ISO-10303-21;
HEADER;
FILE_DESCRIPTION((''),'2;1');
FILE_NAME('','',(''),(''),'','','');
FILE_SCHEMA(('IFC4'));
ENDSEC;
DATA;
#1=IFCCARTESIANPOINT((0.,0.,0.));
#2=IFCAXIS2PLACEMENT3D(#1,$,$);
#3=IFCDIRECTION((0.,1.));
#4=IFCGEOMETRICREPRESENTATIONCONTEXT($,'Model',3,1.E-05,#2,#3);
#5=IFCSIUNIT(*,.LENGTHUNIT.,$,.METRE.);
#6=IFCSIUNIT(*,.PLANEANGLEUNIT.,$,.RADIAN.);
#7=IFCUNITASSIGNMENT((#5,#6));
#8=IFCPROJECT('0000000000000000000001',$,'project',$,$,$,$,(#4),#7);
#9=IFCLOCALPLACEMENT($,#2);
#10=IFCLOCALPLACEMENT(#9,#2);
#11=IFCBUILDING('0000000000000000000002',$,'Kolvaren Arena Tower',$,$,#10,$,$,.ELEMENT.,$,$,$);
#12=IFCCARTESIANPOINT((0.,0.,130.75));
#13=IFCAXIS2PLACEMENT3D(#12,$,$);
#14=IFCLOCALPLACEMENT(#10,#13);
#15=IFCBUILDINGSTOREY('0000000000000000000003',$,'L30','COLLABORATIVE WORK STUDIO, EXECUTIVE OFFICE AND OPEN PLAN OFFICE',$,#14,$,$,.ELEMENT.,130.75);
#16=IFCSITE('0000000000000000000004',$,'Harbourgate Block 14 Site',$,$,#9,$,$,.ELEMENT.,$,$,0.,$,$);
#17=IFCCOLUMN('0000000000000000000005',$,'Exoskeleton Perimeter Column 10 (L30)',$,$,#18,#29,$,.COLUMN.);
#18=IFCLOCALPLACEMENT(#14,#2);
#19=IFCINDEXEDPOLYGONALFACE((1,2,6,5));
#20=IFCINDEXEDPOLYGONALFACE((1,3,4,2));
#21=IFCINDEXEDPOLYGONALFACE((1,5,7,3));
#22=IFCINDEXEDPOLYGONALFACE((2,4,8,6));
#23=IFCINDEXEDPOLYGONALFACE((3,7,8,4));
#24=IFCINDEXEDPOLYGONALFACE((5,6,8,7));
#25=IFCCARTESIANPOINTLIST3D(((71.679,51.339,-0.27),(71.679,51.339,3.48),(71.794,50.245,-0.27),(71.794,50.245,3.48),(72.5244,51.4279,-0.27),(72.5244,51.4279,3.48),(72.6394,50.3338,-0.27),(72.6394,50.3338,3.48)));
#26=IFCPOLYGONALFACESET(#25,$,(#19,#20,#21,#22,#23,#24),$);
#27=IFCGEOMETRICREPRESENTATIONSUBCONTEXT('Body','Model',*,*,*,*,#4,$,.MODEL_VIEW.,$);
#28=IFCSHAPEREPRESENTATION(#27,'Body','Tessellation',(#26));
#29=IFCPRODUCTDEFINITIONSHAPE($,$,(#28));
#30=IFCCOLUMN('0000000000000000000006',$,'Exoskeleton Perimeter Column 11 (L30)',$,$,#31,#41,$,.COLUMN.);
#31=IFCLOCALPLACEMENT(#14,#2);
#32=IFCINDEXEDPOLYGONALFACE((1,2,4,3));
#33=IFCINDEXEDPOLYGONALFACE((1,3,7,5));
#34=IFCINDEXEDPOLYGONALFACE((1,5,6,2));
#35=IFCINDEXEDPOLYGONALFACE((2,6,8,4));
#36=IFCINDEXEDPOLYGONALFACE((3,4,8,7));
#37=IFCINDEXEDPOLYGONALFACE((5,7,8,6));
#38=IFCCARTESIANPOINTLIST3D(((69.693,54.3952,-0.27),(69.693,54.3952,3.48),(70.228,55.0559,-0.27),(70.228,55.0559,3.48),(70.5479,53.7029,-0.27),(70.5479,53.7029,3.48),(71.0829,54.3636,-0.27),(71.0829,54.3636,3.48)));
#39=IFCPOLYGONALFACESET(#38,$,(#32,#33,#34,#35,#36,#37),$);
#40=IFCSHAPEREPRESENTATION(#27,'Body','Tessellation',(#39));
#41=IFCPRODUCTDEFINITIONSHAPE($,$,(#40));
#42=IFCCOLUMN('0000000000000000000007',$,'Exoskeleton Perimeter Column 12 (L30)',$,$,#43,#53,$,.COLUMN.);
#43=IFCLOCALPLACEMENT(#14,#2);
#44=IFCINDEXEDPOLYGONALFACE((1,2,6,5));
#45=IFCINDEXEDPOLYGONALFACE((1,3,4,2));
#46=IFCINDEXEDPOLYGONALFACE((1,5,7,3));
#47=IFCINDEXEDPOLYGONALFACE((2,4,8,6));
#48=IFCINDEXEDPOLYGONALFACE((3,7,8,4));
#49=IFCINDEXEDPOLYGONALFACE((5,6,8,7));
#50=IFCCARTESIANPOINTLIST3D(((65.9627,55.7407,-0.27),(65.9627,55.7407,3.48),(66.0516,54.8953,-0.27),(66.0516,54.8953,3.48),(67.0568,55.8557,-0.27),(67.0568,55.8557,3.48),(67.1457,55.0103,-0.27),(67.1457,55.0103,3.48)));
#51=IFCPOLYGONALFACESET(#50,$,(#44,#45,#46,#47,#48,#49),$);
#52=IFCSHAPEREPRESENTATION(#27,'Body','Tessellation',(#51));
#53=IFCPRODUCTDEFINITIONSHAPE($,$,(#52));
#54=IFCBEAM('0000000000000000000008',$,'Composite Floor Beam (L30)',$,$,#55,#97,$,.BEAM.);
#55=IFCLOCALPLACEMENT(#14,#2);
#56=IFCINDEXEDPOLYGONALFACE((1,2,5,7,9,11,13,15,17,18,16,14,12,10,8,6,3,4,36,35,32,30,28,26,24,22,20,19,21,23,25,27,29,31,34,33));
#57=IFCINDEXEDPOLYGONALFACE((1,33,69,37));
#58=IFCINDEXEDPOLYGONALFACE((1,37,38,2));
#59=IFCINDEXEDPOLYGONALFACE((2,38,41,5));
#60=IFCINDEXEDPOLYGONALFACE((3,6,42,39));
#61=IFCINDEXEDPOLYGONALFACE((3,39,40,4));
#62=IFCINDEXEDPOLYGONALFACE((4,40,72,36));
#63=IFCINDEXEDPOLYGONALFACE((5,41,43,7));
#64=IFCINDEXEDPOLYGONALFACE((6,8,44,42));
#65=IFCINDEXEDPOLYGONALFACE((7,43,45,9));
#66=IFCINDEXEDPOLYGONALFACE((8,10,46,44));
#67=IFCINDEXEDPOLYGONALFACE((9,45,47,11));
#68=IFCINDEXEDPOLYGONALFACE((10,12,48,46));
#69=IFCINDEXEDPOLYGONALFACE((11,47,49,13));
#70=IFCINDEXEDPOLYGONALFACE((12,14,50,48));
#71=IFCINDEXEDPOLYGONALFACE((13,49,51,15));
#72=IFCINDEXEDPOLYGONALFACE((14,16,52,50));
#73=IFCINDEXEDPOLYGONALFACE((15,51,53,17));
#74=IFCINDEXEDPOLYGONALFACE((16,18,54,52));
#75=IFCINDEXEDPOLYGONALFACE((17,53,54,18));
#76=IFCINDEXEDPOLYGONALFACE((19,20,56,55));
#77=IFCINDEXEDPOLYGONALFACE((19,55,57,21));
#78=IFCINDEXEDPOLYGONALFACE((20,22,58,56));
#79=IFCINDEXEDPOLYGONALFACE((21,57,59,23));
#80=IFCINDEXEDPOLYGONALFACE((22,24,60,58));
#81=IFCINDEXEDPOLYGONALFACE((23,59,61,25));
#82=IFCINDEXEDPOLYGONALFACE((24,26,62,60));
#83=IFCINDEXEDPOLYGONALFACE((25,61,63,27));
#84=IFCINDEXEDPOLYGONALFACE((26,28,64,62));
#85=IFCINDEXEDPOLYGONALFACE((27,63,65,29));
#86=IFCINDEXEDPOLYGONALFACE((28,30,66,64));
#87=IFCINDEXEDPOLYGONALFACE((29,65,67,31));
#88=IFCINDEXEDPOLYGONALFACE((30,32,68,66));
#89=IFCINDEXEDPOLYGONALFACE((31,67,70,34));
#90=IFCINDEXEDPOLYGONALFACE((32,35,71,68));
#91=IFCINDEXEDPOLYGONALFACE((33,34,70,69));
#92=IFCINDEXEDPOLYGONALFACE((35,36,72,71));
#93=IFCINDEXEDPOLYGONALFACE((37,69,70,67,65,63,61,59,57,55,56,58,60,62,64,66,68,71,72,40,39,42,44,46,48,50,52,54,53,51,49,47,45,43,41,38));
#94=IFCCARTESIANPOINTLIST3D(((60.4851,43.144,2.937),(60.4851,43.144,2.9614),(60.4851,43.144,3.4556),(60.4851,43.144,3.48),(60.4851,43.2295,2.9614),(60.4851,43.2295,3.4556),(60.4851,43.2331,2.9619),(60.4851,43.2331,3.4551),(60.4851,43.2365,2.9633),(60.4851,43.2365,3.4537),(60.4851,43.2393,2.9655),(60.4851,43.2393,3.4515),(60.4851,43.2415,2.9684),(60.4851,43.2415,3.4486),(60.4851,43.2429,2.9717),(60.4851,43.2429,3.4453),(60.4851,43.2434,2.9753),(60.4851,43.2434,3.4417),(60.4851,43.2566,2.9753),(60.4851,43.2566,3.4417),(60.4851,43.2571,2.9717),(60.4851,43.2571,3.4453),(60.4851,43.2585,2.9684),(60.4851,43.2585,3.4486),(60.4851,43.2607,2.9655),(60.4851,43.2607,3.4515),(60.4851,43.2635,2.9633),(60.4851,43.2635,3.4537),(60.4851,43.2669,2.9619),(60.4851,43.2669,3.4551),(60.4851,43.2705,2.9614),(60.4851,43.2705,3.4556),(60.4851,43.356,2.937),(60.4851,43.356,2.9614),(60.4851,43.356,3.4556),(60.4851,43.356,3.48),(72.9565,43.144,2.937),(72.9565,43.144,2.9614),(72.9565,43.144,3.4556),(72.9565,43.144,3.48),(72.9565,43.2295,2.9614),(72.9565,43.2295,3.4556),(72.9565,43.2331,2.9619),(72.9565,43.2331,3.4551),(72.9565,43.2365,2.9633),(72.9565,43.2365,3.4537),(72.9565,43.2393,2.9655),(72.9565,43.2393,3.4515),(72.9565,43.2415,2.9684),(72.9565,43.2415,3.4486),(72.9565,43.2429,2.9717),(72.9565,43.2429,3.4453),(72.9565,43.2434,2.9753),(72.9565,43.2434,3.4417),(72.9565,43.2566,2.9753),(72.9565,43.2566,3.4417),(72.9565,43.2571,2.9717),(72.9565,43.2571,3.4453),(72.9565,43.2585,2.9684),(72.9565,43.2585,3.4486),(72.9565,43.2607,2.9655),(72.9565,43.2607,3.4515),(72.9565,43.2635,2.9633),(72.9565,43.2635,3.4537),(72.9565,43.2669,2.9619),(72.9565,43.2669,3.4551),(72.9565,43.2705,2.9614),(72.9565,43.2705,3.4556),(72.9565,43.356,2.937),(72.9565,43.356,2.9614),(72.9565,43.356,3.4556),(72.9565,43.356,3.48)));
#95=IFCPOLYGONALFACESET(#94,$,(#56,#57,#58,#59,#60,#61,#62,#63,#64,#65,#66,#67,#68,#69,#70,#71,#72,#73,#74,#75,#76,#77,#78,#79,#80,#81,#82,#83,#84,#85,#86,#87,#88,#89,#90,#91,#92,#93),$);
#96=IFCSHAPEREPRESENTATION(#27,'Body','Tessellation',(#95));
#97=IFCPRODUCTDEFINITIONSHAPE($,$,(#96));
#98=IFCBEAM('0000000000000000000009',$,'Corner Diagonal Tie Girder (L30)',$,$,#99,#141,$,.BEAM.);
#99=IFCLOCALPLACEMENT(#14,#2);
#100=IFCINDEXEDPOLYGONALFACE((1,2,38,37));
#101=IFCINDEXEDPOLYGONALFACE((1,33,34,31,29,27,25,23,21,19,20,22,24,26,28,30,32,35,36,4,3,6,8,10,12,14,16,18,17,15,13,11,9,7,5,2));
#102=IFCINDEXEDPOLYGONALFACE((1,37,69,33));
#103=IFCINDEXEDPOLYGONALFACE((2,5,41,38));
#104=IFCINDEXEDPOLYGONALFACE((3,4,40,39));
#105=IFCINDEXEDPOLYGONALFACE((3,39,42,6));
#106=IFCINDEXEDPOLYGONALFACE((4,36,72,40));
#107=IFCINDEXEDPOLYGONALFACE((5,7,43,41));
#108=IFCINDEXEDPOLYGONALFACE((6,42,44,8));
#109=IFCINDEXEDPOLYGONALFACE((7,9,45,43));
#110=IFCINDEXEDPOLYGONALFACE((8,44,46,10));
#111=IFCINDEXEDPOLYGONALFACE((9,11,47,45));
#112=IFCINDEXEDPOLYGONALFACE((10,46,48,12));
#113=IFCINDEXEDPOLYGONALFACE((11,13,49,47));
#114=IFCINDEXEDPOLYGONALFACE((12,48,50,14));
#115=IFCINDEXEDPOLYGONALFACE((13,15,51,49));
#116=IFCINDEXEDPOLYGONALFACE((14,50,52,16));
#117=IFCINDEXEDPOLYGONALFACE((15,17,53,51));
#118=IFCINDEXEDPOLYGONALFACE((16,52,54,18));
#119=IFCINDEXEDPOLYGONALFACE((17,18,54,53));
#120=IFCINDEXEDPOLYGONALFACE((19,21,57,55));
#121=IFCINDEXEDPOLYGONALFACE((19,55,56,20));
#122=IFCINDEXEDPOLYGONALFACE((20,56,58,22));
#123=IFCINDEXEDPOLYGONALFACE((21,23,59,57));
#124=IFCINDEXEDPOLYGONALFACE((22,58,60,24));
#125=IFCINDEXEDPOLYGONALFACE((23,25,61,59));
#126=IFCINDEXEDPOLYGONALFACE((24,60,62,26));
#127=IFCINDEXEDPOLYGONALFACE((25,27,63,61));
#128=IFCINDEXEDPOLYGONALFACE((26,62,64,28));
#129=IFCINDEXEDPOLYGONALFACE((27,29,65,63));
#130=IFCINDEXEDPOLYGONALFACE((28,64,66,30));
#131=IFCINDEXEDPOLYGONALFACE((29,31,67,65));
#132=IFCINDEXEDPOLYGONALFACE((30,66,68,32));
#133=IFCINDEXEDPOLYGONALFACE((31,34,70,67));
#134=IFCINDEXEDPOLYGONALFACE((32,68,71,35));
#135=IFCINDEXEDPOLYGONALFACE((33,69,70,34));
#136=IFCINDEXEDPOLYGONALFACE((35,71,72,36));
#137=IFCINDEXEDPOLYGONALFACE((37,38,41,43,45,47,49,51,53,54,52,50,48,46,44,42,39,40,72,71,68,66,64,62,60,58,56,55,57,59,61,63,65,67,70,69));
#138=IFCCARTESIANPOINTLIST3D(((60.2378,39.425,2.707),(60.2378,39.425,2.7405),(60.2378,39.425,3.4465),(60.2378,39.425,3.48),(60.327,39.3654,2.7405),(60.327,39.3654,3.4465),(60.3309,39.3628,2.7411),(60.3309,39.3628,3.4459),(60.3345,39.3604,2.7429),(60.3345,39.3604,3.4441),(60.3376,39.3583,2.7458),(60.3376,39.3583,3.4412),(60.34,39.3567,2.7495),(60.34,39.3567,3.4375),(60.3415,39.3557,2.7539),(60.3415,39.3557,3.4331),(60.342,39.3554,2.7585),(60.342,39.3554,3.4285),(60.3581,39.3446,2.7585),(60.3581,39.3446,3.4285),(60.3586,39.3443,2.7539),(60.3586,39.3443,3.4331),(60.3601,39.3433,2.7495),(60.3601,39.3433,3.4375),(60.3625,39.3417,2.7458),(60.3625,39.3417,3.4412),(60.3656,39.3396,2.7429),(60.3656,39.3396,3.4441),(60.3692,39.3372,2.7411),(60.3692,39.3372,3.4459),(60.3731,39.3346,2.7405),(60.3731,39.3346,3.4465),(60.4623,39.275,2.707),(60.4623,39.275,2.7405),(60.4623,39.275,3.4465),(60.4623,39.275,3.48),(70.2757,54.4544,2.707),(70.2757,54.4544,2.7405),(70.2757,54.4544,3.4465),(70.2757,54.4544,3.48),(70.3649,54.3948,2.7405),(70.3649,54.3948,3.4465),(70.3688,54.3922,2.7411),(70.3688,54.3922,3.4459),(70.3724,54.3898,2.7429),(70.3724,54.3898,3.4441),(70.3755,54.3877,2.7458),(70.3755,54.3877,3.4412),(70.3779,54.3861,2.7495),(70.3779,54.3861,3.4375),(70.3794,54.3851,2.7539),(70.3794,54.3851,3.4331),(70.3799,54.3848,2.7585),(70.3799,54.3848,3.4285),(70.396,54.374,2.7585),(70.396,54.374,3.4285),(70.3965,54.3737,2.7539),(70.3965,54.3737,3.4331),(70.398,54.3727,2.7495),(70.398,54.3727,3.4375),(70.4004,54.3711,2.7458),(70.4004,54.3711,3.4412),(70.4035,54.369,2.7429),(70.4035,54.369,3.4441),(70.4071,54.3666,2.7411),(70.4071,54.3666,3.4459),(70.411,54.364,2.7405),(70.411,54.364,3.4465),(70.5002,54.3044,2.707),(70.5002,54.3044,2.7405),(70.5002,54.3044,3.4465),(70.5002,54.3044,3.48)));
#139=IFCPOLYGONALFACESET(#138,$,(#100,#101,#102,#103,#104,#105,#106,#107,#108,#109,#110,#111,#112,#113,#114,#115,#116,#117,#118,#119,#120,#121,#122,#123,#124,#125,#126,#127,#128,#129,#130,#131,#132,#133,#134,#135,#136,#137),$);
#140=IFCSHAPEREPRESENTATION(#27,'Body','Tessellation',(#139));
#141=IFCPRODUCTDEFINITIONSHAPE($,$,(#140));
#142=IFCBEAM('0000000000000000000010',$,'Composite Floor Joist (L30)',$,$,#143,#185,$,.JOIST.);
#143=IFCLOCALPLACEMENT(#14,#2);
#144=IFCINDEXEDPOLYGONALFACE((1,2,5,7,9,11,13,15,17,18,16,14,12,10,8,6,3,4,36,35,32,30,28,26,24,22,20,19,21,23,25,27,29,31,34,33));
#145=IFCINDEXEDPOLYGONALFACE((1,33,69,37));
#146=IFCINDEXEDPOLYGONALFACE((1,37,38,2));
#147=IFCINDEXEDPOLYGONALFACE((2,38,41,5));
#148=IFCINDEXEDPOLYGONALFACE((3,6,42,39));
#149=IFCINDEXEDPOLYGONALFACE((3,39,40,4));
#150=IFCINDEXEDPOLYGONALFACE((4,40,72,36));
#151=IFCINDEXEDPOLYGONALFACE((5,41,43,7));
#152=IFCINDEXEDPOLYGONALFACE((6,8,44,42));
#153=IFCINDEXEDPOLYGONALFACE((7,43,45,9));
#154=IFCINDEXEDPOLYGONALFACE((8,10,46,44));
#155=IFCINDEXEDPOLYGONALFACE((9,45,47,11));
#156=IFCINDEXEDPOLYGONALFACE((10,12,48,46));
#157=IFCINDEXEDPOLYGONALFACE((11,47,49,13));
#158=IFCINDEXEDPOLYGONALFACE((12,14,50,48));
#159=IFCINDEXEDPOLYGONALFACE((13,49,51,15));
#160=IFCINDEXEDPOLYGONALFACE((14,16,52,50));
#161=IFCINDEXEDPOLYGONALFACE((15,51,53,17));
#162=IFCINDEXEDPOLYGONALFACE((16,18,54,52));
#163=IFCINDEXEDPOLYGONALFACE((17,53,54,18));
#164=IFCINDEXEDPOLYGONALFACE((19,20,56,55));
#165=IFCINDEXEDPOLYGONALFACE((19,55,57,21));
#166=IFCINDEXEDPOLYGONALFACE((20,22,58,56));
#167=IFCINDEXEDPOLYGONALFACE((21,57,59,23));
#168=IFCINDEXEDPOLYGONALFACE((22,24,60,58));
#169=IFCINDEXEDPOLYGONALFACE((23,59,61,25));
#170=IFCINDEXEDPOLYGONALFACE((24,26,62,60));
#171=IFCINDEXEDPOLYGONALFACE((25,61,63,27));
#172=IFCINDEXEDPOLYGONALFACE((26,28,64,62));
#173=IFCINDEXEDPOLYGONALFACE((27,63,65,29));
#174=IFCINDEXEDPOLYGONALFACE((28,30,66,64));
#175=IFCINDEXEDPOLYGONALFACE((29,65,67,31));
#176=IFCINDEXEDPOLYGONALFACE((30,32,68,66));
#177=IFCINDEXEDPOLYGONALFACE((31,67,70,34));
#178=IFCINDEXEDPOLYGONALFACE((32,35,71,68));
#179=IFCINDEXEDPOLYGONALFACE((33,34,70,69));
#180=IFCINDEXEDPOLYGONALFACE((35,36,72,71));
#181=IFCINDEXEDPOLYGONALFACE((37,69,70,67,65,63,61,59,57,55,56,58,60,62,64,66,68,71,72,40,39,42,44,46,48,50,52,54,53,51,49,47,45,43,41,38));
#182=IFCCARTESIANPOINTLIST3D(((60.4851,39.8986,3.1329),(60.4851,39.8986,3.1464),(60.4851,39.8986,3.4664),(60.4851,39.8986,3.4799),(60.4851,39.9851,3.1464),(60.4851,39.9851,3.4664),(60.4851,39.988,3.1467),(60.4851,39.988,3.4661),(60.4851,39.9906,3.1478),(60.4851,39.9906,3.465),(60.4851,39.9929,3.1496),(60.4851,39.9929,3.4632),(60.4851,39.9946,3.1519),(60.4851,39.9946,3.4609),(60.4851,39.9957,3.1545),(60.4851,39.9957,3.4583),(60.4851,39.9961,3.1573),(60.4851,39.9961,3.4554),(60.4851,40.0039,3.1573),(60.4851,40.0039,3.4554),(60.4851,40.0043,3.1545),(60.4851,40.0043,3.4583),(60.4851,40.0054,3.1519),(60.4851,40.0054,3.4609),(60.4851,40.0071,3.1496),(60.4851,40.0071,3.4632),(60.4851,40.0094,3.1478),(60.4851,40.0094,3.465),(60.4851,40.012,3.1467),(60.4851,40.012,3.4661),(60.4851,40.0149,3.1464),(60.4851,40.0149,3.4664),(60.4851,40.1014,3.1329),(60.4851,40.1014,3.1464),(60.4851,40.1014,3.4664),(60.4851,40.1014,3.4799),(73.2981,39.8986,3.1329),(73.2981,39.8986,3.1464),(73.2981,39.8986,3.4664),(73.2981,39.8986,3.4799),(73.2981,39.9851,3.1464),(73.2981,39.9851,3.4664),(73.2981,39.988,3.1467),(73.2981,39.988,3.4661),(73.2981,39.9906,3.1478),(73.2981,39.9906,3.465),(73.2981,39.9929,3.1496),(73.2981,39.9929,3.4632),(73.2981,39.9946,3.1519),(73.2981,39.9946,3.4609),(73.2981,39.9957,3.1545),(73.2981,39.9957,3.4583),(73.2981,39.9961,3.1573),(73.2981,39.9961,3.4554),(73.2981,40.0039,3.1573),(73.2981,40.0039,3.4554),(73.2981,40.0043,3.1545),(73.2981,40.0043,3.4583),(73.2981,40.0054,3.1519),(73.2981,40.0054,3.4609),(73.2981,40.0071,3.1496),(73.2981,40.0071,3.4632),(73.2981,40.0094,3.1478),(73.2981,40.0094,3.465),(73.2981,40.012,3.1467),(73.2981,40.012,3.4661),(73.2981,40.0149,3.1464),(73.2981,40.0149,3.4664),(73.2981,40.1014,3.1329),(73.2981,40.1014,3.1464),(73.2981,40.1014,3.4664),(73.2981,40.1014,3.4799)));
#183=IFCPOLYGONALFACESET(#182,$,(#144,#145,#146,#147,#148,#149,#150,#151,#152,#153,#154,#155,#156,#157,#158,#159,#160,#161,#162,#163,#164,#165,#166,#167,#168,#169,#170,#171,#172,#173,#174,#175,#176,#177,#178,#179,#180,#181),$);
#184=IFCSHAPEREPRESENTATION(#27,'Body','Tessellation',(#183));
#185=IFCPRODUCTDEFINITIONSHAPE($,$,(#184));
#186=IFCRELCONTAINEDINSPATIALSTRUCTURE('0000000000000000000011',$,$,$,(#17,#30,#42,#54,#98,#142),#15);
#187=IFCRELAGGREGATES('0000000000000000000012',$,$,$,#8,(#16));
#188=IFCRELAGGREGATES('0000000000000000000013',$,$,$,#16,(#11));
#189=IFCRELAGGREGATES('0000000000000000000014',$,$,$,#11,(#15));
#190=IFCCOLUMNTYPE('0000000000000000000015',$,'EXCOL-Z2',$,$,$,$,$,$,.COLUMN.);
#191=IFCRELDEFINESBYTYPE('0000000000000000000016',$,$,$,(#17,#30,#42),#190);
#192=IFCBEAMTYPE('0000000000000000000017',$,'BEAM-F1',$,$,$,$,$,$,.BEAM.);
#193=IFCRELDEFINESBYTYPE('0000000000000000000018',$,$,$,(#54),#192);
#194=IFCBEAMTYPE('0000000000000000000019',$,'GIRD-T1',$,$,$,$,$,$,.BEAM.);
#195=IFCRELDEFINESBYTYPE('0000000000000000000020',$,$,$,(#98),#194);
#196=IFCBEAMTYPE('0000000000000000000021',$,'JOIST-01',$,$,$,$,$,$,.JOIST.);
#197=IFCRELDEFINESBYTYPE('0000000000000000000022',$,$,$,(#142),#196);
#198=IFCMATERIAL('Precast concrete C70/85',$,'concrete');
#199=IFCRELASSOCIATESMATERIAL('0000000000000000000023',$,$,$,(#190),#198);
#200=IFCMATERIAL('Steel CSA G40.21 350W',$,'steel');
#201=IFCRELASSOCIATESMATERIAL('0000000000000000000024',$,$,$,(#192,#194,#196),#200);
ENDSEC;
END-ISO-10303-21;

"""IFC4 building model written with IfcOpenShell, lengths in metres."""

from ifc_helpers import new_model, si_unit, direction, frame, origin, origin_2d, place, context, subcontext, project, spatial, rectangle, i_section, extrude, material, material_profile, profile_set, type_object, element, save


model = new_model("IFC4")

# Units and contexts
model_context = context("Model", 3, precision=1e-05, world=origin(), true_north=direction((0.0, 1.0)))
body_context = subcontext(model_context, "Body", "Model", "MODEL_VIEW")
ifc_project = project(units=[si_unit("LENGTHUNIT", "METRE"), si_unit("PLANEANGLEUNIT", "RADIAN")], contexts=[model_context])

# Site, building, storey
site_placement = place(None, origin())
site = spatial("IfcSite", under=ifc_project, at=site_placement, Name="Harbourgate Block 14 Site", CompositionType="ELEMENT", RefElevation=0.0)
building_placement = place(site_placement, origin())
building = spatial("IfcBuilding", under=site, at=building_placement, Name="Kolvaren Arena Tower", CompositionType="ELEMENT")
storey_placement = place(building_placement, frame((0.0, 0.0, 130.75)))
storey = spatial("IfcBuildingStorey", under=building, at=storey_placement, Name="L30", Description="COLLABORATIVE WORK STUDIO, EXECUTIVE OFFICE AND OPEN PLAN OFFICE", CompositionType="ELEMENT", Elevation=130.75)

# Columns
ifc_material_1 = material(Name="Precast concrete C70/85", Category="concrete")
ifc_material_profile_1 = material_profile(ifc_material_1, rectangle(XDim=1.1001, YDim=0.8501, at=origin_2d()), Name="RC-1100x850")
ifc_profile_set_1 = profile_set([ifc_material_profile_1], Name="Precast concrete C70/85")
column_type = type_object("IfcColumnType", Name="EXCOL-Z2", PredefinedType="COLUMN", material=ifc_profile_set_1)
for number, where, z_axis, x_axis, name in (
    (1, (72.1592, 50.8364, -0.27), (0.0, 0.0, 1.0), (-0.104528, 0.994522, 0.0), "Exoskeleton Perimeter Column 10 (L30)"),
    (2, (70.3879, 54.3794, -0.27), (0.0, 0.0, 1.0), (-0.777146, 0.62932, 0.0), "Exoskeleton Perimeter Column 11 (L30)"),
    (3, (66.5542, 55.3755, -0.27), (0.0, 0.0, 1.0), (0.994522, 0.104528, 0.0), "Exoskeleton Perimeter Column 12 (L30)"),
):
    element("IfcColumn", number, at=place(storey_placement, frame(where, z_axis=z_axis, x_axis=x_axis)), inside=storey, type_object=column_type, Name=name, PredefinedType="COLUMN", context=body_context, shape_type="SweptSolid", body=[
        extrude(rectangle(XDim=1.1001, YDim=0.8501, at=origin_2d()), origin(), (0.0, 0.0, 1.0), 3.75),
    ])

# Beams
ifc_material_2 = material(Name="Steel CSA G40.21 350W", Category="steel")
ifc_material_profile_2 = material_profile(ifc_material_2, i_section(OverallWidth=0.2119, OverallDepth=0.543, WebThickness=0.0132, FlangeThickness=0.0244, FilletRadius=0.0139, at=origin_2d()), Name="W530x150")
ifc_profile_set_2 = profile_set([ifc_material_profile_2], Name="Steel CSA G40.21 350W")
beam_type_1 = type_object("IfcBeamType", Name="BEAM-F1", PredefinedType="BEAM", material=ifc_profile_set_2)
beam_1_placement = place(storey_placement, frame((60.4851, 43.25, 3.2085), z_axis=(1.0, 0.0, 0.0), x_axis=(0.0, 1.0, 0.0)))
element("IfcBeam", 4, at=beam_1_placement, inside=storey, type_object=beam_type_1, Name="Composite Floor Beam (L30)", PredefinedType="BEAM", context=body_context, shape_type="SweptSolid", body=[
    extrude(i_section(OverallWidth=0.2119, OverallDepth=0.543, WebThickness=0.0132, FlangeThickness=0.0244, FilletRadius=0.0139, at=origin_2d()), origin(), (0.0, 0.0, 1.0), 12.4714),
])
ifc_material_profile_3 = material_profile(ifc_material_2, i_section(OverallWidth=0.27, OverallDepth=0.7729, WebThickness=0.0193, FlangeThickness=0.0334, FilletRadius=0.0181, at=origin_2d()), Name="W760x257")
ifc_profile_set_3 = profile_set([ifc_material_profile_3], Name="Steel CSA G40.21 350W")
beam_type_2 = type_object("IfcBeamType", Name="GIRD-T1", PredefinedType="BEAM", material=ifc_profile_set_3)
beam_2_placement = place(storey_placement, frame((70.3879, 54.3794, 3.0935), z_axis=(-0.555401, -0.831582, 0.0), x_axis=(0.831582, -0.555401, 0.0)))
element("IfcBeam", 5, at=beam_2_placement, inside=storey, type_object=beam_type_2, Name="Corner Diagonal Tie Girder (L30)", PredefinedType="BEAM", context=body_context, shape_type="SweptSolid", body=[
    extrude(i_section(OverallWidth=0.27, OverallDepth=0.7729, WebThickness=0.0193, FlangeThickness=0.0334, FilletRadius=0.0181, at=origin_2d()), origin(), (0.0, 0.0, 1.0), 18.0732),
])
ifc_material_profile_4 = material_profile(ifc_material_2, i_section(OverallWidth=0.2029, OverallDepth=0.3469, WebThickness=0.0078, FlangeThickness=0.0134, FilletRadius=0.011, at=origin_2d()), Name="W360x64")
ifc_profile_set_4 = profile_set([ifc_material_profile_4], Name="Steel CSA G40.21 350W")
beam_type_3 = type_object("IfcBeamType", Name="JOIST-01", PredefinedType="JOIST", material=ifc_profile_set_4)
beam_3_placement = place(storey_placement, frame((60.4851, 40.0, 3.3064), z_axis=(1.0, 0.0, 0.0), x_axis=(0.0, 1.0, 0.0)))
element("IfcBeam", 6, at=beam_3_placement, inside=storey, type_object=beam_type_3, Name="Composite Floor Joist (L30)", PredefinedType="JOIST", context=body_context, shape_type="SweptSolid", body=[
    extrude(i_section(OverallWidth=0.2029, OverallDepth=0.3469, WebThickness=0.0078, FlangeThickness=0.0134, FilletRadius=0.011, at=origin_2d()), origin(), (0.0, 0.0, 1.0), 12.813),
])

save(model, "model.ifc")
